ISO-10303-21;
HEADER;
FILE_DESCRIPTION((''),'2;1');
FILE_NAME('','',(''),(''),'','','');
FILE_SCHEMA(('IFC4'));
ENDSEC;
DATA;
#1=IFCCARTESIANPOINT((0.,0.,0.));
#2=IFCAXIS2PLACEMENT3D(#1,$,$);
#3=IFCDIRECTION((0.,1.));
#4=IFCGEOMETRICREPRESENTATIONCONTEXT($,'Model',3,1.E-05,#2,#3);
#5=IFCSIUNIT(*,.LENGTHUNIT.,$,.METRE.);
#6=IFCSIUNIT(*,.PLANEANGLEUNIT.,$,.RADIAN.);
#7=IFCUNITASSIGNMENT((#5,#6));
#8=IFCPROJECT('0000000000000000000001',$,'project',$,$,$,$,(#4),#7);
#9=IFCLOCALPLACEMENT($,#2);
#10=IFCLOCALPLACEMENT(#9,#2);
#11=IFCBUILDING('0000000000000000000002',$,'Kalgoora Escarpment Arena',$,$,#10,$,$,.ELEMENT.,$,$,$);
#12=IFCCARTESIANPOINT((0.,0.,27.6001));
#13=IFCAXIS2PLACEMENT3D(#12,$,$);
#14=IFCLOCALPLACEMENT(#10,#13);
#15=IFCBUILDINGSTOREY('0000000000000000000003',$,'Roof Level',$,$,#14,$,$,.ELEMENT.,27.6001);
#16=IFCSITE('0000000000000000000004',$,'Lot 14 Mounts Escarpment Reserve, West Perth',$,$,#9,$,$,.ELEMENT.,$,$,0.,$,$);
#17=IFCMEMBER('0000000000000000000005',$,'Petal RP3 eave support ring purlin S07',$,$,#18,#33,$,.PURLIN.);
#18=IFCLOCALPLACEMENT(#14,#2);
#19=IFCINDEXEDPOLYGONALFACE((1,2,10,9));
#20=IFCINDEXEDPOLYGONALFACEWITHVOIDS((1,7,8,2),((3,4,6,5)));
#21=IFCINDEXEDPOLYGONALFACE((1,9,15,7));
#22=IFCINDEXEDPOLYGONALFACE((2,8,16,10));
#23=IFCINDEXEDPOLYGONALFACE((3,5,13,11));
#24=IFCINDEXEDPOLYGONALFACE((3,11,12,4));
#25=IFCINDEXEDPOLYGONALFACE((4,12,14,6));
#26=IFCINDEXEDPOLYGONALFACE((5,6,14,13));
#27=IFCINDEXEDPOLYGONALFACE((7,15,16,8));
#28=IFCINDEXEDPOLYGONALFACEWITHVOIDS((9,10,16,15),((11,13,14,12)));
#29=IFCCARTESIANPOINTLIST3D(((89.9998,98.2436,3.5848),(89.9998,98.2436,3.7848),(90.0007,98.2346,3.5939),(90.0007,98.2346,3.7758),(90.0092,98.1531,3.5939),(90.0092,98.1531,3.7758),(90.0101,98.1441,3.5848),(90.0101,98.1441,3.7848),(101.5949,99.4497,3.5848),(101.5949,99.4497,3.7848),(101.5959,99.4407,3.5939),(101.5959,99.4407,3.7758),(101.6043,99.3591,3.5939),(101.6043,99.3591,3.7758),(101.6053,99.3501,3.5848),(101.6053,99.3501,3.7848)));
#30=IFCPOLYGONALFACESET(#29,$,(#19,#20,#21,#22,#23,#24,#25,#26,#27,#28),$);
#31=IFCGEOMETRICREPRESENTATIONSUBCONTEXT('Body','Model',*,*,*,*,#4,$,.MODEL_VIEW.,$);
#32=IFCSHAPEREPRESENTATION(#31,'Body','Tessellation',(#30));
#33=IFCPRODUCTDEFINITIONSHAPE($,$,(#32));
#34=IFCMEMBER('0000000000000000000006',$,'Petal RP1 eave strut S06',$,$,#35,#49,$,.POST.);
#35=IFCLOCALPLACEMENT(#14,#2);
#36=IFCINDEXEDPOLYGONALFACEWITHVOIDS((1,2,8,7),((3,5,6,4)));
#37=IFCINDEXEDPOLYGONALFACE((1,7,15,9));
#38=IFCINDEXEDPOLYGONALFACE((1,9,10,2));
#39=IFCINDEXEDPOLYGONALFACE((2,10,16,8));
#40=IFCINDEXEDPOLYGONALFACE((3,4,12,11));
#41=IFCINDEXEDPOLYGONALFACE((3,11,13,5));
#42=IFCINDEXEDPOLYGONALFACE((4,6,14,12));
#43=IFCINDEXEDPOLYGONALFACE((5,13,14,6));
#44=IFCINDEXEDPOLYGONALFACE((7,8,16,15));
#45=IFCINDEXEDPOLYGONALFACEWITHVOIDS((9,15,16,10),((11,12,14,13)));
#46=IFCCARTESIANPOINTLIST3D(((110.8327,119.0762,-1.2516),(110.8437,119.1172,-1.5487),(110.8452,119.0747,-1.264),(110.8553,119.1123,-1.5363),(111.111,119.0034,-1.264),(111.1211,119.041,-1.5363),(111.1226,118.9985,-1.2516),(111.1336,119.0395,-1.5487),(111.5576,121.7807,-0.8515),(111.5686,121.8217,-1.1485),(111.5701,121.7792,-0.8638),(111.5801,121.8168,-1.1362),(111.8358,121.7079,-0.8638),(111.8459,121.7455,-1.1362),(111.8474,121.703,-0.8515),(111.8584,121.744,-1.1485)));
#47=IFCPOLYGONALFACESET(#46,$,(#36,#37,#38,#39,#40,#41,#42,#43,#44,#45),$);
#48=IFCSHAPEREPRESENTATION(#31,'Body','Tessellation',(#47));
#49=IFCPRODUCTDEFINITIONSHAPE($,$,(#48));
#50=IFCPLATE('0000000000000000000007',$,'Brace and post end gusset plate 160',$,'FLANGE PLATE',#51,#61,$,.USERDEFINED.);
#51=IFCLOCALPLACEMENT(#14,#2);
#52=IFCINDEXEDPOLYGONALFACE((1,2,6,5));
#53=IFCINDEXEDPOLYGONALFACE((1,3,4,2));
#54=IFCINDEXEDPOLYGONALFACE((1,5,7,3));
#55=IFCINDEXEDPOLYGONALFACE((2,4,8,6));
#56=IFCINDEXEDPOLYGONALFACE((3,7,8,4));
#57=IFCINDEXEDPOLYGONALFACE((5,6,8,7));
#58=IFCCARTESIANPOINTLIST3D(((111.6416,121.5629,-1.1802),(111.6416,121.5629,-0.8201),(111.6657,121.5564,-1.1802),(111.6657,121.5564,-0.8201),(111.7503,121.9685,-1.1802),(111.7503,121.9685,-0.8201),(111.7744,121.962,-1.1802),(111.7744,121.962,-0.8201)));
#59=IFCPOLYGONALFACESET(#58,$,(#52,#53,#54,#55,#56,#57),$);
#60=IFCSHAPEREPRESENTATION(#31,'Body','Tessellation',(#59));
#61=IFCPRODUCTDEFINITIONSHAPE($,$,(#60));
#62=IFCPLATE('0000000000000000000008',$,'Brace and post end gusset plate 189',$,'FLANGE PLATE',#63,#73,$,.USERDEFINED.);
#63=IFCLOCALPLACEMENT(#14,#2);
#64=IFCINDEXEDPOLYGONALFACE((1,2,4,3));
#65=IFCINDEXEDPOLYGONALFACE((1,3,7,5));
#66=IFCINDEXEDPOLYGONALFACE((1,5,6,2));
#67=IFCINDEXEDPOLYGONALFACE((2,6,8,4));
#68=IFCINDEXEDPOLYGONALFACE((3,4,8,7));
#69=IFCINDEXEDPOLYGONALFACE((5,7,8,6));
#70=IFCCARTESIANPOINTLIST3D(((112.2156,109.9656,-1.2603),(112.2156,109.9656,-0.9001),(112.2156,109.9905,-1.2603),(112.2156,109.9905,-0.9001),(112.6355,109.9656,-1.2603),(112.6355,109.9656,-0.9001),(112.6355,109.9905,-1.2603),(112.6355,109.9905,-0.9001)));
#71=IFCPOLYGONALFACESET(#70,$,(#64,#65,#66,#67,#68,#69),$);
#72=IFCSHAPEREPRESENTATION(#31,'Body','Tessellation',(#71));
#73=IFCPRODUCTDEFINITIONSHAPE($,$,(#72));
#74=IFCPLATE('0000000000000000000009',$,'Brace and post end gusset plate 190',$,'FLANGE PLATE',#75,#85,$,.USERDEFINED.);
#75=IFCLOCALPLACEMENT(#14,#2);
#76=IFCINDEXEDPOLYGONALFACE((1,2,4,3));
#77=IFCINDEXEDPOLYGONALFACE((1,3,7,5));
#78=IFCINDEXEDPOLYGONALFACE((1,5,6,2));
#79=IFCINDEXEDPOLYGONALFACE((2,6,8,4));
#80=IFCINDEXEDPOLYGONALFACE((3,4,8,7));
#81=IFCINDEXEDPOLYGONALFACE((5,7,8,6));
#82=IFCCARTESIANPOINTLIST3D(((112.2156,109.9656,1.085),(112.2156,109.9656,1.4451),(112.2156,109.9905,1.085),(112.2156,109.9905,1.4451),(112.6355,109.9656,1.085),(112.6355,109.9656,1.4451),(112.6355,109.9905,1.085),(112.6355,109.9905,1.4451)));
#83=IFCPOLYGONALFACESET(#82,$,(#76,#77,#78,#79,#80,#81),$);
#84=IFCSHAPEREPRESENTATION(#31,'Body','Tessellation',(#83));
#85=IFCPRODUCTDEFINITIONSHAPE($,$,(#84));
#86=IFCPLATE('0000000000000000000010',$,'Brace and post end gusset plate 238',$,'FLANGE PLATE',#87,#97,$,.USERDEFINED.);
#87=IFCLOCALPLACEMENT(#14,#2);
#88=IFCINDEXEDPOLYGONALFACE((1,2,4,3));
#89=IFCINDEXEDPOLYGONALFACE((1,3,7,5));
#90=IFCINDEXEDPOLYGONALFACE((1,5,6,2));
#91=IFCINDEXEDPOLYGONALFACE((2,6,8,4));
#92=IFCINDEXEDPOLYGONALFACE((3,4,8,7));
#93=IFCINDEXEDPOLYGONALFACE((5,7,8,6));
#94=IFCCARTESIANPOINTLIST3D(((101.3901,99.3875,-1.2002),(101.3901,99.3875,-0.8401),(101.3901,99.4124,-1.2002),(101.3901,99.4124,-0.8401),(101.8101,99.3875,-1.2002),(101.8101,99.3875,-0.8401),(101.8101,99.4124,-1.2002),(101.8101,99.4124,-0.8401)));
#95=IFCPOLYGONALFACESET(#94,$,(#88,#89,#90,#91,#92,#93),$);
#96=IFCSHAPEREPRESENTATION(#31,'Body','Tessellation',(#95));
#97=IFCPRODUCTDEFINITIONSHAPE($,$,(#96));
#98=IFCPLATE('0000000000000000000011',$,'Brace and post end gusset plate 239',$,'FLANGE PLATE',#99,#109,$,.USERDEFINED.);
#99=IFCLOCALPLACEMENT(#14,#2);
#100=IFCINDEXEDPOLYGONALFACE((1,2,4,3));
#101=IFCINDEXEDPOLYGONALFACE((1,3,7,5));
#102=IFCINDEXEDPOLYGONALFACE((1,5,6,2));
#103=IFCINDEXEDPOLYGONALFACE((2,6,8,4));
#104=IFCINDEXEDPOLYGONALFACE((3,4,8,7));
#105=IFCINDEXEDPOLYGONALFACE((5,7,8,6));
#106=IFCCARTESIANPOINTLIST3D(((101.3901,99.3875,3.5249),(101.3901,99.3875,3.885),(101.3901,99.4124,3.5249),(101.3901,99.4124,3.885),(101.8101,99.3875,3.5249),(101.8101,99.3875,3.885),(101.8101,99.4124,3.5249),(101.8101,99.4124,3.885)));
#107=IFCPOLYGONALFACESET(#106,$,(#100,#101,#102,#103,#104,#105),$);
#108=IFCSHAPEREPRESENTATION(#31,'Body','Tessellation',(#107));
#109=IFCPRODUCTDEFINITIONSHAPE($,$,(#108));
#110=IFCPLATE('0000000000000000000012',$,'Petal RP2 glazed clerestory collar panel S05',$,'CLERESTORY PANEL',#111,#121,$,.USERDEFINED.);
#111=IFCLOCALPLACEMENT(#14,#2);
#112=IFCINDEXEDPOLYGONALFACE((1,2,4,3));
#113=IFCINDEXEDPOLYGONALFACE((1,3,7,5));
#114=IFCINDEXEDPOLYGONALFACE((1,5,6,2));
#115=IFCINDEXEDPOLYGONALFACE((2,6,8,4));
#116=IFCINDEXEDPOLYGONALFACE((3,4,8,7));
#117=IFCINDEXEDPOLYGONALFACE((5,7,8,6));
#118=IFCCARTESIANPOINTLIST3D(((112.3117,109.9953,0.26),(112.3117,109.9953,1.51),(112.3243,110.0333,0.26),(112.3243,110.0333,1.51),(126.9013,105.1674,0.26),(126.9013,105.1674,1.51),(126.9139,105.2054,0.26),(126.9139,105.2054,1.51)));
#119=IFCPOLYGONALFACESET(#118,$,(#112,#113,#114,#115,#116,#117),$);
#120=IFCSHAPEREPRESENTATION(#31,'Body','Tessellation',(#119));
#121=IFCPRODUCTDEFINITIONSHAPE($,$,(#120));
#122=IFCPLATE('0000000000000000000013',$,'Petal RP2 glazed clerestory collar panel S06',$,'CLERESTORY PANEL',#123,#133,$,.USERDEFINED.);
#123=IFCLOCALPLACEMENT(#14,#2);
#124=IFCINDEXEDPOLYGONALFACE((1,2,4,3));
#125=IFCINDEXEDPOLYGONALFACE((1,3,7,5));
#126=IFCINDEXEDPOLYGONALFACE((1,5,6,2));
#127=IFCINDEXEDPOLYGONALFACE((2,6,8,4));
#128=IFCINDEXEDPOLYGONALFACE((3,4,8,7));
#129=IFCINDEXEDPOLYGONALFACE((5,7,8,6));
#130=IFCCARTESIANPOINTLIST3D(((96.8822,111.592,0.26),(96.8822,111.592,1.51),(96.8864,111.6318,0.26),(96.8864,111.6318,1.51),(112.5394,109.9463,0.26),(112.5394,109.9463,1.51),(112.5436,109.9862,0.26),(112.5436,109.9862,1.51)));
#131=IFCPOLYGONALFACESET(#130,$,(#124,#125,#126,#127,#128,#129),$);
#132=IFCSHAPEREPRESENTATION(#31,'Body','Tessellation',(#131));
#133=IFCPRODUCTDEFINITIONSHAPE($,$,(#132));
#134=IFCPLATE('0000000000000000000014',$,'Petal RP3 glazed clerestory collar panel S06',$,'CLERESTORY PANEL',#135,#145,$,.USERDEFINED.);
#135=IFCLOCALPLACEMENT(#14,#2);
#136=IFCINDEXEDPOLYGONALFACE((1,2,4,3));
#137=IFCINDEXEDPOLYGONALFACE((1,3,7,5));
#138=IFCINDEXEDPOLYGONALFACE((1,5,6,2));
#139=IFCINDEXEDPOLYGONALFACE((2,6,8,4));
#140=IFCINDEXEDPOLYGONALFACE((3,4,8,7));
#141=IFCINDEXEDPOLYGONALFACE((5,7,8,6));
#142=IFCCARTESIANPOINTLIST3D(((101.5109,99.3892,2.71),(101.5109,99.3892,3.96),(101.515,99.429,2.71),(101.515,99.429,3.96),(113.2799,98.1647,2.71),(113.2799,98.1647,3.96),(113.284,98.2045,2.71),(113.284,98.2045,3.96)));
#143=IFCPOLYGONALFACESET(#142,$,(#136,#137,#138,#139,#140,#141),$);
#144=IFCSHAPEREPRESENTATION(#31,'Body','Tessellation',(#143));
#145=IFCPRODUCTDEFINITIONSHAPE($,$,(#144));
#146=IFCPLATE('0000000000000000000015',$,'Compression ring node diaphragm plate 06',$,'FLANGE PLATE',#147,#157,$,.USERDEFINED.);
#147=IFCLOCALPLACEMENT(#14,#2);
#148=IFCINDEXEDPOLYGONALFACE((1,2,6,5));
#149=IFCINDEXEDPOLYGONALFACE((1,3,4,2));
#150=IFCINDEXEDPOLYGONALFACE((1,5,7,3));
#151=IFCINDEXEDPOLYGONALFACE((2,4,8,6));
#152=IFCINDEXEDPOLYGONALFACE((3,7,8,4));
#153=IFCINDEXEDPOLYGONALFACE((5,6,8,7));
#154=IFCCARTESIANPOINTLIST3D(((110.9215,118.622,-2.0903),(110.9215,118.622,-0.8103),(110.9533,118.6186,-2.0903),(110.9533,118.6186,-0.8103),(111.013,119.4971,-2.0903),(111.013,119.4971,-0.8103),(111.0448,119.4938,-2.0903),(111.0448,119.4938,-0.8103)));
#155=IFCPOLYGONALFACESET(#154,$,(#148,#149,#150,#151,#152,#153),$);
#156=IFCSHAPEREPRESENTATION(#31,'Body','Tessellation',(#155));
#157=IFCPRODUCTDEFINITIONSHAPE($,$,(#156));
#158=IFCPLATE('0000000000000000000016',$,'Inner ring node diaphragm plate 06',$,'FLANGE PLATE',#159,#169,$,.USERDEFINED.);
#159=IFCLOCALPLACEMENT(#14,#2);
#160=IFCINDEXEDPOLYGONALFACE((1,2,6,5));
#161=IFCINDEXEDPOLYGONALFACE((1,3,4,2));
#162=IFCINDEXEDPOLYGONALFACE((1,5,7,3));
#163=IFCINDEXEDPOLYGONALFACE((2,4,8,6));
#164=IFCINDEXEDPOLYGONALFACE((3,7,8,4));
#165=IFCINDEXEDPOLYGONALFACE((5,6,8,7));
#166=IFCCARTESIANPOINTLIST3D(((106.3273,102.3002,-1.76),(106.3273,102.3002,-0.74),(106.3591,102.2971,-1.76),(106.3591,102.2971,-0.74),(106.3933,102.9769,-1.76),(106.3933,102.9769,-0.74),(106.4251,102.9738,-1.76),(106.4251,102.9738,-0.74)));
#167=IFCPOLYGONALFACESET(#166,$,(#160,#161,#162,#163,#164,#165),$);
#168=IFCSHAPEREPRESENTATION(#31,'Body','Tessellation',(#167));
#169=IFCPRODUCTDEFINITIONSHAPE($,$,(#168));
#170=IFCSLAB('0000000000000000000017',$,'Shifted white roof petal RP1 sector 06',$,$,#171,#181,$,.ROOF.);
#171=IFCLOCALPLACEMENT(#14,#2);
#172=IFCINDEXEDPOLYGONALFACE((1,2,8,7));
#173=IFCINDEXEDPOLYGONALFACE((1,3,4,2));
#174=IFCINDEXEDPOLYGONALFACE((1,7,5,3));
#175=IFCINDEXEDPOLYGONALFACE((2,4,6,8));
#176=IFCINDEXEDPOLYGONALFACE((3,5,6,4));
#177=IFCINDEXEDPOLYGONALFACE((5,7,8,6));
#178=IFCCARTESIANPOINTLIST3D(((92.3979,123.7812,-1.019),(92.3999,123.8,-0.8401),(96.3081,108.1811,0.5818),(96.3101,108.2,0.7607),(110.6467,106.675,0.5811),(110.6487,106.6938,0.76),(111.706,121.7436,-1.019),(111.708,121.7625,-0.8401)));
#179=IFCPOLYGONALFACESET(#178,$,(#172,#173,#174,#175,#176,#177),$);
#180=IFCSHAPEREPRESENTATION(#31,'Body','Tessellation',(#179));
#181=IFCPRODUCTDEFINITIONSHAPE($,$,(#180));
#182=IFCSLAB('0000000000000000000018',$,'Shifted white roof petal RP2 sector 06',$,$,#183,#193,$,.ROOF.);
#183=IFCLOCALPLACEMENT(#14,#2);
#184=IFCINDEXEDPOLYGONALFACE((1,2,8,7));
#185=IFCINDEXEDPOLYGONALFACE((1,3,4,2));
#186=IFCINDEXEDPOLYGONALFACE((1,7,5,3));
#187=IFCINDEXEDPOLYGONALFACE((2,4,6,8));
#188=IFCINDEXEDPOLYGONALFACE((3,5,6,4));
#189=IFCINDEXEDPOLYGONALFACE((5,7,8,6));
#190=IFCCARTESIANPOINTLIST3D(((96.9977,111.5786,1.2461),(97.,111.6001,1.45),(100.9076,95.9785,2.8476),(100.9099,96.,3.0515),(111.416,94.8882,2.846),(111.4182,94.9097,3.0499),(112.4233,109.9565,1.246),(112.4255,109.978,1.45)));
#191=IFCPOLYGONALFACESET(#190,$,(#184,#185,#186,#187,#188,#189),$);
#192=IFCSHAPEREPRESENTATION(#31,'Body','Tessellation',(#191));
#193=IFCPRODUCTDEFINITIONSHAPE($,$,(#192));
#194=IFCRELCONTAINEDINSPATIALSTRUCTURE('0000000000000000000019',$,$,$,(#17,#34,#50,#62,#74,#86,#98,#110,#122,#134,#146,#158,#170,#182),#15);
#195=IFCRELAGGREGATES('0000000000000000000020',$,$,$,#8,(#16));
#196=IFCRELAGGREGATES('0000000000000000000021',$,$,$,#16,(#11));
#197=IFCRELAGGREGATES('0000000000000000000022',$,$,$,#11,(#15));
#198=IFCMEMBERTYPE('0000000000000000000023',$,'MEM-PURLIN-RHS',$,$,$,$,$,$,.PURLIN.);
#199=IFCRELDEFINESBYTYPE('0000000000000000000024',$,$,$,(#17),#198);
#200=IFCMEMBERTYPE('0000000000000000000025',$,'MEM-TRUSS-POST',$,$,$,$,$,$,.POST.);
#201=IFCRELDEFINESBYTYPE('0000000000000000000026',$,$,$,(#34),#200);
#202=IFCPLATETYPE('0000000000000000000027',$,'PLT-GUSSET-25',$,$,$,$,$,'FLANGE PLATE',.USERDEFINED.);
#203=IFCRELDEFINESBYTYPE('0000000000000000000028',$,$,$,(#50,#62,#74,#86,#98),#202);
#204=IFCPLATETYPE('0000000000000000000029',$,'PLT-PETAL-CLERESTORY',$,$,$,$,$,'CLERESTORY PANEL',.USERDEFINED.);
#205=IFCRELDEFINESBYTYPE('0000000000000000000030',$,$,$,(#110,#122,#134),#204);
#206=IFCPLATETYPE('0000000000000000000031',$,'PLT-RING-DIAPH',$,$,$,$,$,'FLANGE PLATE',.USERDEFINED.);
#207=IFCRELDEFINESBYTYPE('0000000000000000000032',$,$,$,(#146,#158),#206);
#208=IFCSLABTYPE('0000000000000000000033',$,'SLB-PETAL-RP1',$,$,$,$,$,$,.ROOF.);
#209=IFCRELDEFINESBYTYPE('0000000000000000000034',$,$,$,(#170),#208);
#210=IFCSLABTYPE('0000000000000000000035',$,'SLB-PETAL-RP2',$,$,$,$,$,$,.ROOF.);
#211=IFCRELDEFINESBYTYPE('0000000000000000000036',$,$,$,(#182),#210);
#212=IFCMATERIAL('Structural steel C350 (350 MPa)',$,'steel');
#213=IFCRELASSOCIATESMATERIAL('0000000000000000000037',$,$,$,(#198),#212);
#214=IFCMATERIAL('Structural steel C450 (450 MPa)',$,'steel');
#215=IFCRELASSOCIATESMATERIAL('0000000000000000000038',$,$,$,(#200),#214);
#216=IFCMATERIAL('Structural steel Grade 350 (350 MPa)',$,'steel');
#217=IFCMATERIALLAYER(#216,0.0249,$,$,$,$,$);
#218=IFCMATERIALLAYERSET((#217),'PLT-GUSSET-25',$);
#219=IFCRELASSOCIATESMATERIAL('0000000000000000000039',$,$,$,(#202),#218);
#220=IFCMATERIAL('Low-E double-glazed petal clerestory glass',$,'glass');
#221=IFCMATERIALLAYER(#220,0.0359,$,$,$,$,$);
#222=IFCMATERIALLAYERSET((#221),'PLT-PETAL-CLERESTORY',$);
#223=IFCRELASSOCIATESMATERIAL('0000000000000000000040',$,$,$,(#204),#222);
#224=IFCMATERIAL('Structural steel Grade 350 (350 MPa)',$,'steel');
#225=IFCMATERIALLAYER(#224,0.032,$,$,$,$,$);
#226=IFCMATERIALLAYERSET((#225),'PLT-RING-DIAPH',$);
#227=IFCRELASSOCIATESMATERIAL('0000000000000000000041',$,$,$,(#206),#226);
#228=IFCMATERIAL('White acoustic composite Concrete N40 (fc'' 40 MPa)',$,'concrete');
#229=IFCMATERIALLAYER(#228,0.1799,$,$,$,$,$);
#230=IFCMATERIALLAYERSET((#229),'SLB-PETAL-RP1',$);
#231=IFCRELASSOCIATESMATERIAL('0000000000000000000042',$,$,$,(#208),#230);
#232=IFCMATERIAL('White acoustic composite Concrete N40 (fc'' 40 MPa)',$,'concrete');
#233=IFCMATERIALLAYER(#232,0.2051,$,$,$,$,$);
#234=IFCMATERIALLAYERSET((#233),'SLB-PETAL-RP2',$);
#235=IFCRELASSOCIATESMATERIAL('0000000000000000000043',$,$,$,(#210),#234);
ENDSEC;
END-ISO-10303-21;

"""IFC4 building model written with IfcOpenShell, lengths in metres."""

from ifc_helpers import new_model, si_unit, direction, frame, origin, origin_2d, place, context, subcontext, project, spatial, polyline, rectangle, hollow_rectangle, outline, extrude, material, layer, layer_set, material_profile, profile_set, type_object, element, save


model = new_model("IFC4")

# Units and contexts
model_context = context("Model", 3, precision=1e-05, world=origin(), true_north=direction((0.0, 1.0)))
body_context = subcontext(model_context, "Body", "Model", "MODEL_VIEW")
ifc_project = project(units=[si_unit("LENGTHUNIT", "METRE"), si_unit("PLANEANGLEUNIT", "RADIAN")], contexts=[model_context])

# Site, building, storey
site_placement = place(None, origin())
site = spatial("IfcSite", under=ifc_project, at=site_placement, Name="Lot 14 Mounts Escarpment Reserve, West Perth", CompositionType="ELEMENT", RefElevation=0.0)
building_placement = place(site_placement, origin())
building = spatial("IfcBuilding", under=site, at=building_placement, Name="Kalgoora Escarpment Arena", CompositionType="ELEMENT")
storey_placement = place(building_placement, frame((0.0, 0.0, 27.6001)))
storey = spatial("IfcBuildingStorey", under=building, at=storey_placement, Name="Roof Level", CompositionType="ELEMENT", Elevation=27.6001)

# Members
ifc_material_1 = material(Name="Structural steel C350 (350 MPa)", Category="steel")
ifc_material_profile_1 = material_profile(ifc_material_1, hollow_rectangle(XDim=0.1001, YDim=0.2, WallThickness=0.009, at=origin_2d()))
ifc_profile_set_1 = profile_set([ifc_material_profile_1], Name="Structural steel C350 (350 MPa)")
member_type_1 = type_object("IfcMemberType", Name="MEM-PURLIN-RHS", PredefinedType="PURLIN", material=ifc_profile_set_1)
member_1_placement = place(storey_placement, frame((101.6001, 99.3999, 3.6848), z_axis=(-0.994634, -0.103455, 0.0), x_axis=(0.103455, -0.994634, 0.0)))
element("IfcMember", 1, at=member_1_placement, inside=storey, type_object=member_type_1, Name="Petal RP3 eave support ring purlin S07", PredefinedType="PURLIN", context=body_context, shape_type="SweptSolid", body=[
    extrude(hollow_rectangle(XDim=0.1001, YDim=0.2, WallThickness=0.009, at=origin_2d()), origin(), (0.0, 0.0, 1.0), 11.6577),
])
ifc_material_2 = material(Name="Structural steel C450 (450 MPa)", Category="steel")
ifc_material_profile_2 = material_profile(ifc_material_2, hollow_rectangle(XDim=0.3, YDim=0.3, WallThickness=0.0125, at=origin_2d()))
ifc_profile_set_2 = profile_set([ifc_material_profile_2], Name="Structural steel C450 (450 MPa)")
member_type_2 = type_object("IfcMemberType", Name="MEM-TRUSS-POST", PredefinedType="POST", material=ifc_profile_set_2)
member_2_placement = place(storey_placement, frame((110.9832, 119.0579, -1.4001), z_axis=(0.256269, 0.956197, 0.14147), x_axis=(-0.965911, 0.258873, 0.0)))
element("IfcMember", 2, at=member_2_placement, inside=storey, type_object=member_type_2, Name="Petal RP1 eave strut S06", PredefinedType="POST", context=body_context, shape_type="SweptSolid", body=[
    extrude(hollow_rectangle(XDim=0.3, YDim=0.3, WallThickness=0.0125, at=origin_2d()), origin(), (0.0, 0.0, 1.0), 2.8284),
])

# Plates
ifc_material_3 = material(Name="Structural steel Grade 350 (350 MPa)", Category="steel")
ifc_layer_1 = layer(ifc_material_3, 0.0249)
ifc_layer_set_1 = layer_set([ifc_layer_1], Name="PLT-GUSSET-25")
plate_type_1 = type_object("IfcPlateType", Name="PLT-GUSSET-25", ElementType="FLANGE PLATE", PredefinedType="USERDEFINED", material=ifc_layer_set_1)
for number, where, z_axis, x_axis, name in (
    (3, (111.708, 121.7625, -1.1802), (0.0, 0.0, 1.0), (0.258819, 0.965926, 0.0), "Brace and post end gusset plate 160"),
    (4, (112.4255, 109.978, -1.2603), (0.0, 0.0, 1.0), (1.0, 0.0, 0.0), "Brace and post end gusset plate 189"),
    (5, (112.4255, 109.978, 1.085), (0.0, 0.0, 1.0), (1.0, 0.0, 0.0), "Brace and post end gusset plate 190"),
    (6, (101.6001, 99.3999, -1.2002), (0.0, 0.0, 1.0), (1.0, 0.0, 0.0), "Brace and post end gusset plate 238"),
    (7, (101.6001, 99.3999, 3.5249), (0.0, 0.0, 1.0), (1.0, 0.0, 0.0), "Brace and post end gusset plate 239"),
):
    element("IfcPlate", number, at=place(storey_placement, frame(where, z_axis=z_axis, x_axis=x_axis)), inside=storey, type_object=plate_type_1, Name=name, ObjectType="FLANGE PLATE", PredefinedType="USERDEFINED", context=body_context, shape_type="SweptSolid", body=[
        extrude(rectangle(XDim=0.4199, YDim=0.0249, at=origin_2d()), origin(), (0.0, 0.0, 1.0), 0.3601),
    ])
ifc_material_4 = material(Name="Low-E double-glazed petal clerestory glass", Category="glass")
ifc_layer_2 = layer(ifc_material_4, 0.0359)
ifc_layer_set_2 = layer_set([ifc_layer_2], Name="PLT-PETAL-CLERESTORY")
plate_type_2 = type_object("IfcPlateType", Name="PLT-PETAL-CLERESTORY", ElementType="CLERESTORY PANEL", PredefinedType="USERDEFINED", material=ifc_layer_set_2)
plate_1_placement = place(storey_placement, frame((119.6128, 107.6003, 0.26), z_axis=(0.0, 0.0, 1.0), x_axis=(-0.949371, 0.314158, 0.0)))
element("IfcPlate", 8, at=plate_1_placement, inside=storey, type_object=plate_type_2, Name="Petal RP2 glazed clerestory collar panel S05", ObjectType="CLERESTORY PANEL", PredefinedType="USERDEFINED", context=body_context, shape_type="SweptSolid", body=[
    extrude(rectangle(XDim=15.3677, YDim=0.04, at=origin_2d()), origin(), (0.0, 0.0, 1.0), 1.25),
])
plate_2_placement = place(storey_placement, frame((104.7129, 110.7891, 0.26), z_axis=(0.0, 0.0, 1.0), x_axis=(-0.994522, 0.104528, 0.0)))
element("IfcPlate", 9, at=plate_2_placement, inside=storey, type_object=plate_type_2, Name="Petal RP2 glazed clerestory collar panel S06", ObjectType="CLERESTORY PANEL", PredefinedType="USERDEFINED", context=body_context, shape_type="SweptSolid", body=[
    extrude(rectangle(XDim=15.7434, YDim=0.04, at=origin_2d()), origin(), (0.0, 0.0, 1.0), 1.25),
])
plate_3_placement = place(storey_placement, frame((107.3975, 98.7969, 2.71), z_axis=(0.0, 0.0, 1.0), x_axis=(-0.994631, 0.103487, 0.0)))
element("IfcPlate", 10, at=plate_3_placement, inside=storey, type_object=plate_type_2, Name="Petal RP3 glazed clerestory collar panel S06", ObjectType="CLERESTORY PANEL", PredefinedType="USERDEFINED", context=body_context, shape_type="SweptSolid", body=[
    extrude(rectangle(XDim=11.8325, YDim=0.04, at=origin_2d()), origin(), (0.0, 0.0, 1.0), 1.25),
])
ifc_material_5 = material(Name="Structural steel Grade 350 (350 MPa)", Category="steel")
ifc_layer_3 = layer(ifc_material_5, 0.032)
ifc_layer_set_3 = layer_set([ifc_layer_3], Name="PLT-RING-DIAPH")
plate_type_3 = type_object("IfcPlateType", Name="PLT-RING-DIAPH", ElementType="FLANGE PLATE", PredefinedType="USERDEFINED", material=ifc_layer_set_3)
plate_4_placement = place(storey_placement, frame((110.9832, 119.0579, -2.0903), z_axis=(0.0, 0.0, 1.0), x_axis=(-0.994576, 0.104008, 0.0)))
element("IfcPlate", 11, at=plate_4_placement, inside=storey, type_object=plate_type_3, Name="Compression ring node diaphragm plate 06", ObjectType="FLANGE PLATE", PredefinedType="USERDEFINED", context=body_context, shape_type="SweptSolid", body=[
    extrude(rectangle(XDim=0.032, YDim=0.8799, at=origin_2d()), origin(), (0.0, 0.0, 1.0), 1.28),
])
plate_5_placement = place(storey_placement, frame((106.3762, 102.637, -1.76), z_axis=(0.0, 0.0, 1.0), x_axis=(-0.995278, 0.097062, 0.0)))
element("IfcPlate", 12, at=plate_5_placement, inside=storey, type_object=plate_type_3, Name="Inner ring node diaphragm plate 06", ObjectType="FLANGE PLATE", PredefinedType="USERDEFINED", context=body_context, shape_type="SweptSolid", body=[
    extrude(rectangle(XDim=0.032, YDim=0.6799, at=origin_2d()), origin(), (0.0, 0.0, 1.0), 1.02),
])

# Slabs
ifc_material_6 = material(Name="White acoustic composite Concrete N40 (fc' 40 MPa)", Category="concrete")
ifc_layer_4 = layer(ifc_material_6, 0.1799)
ifc_layer_set_4 = layer_set([ifc_layer_4], Name="SLB-PETAL-RP1")
slab_type_1 = type_object("IfcSlabType", Name="SLB-PETAL-RP1", PredefinedType="ROOF", material=ifc_layer_set_4)
slab_1_placement = place(storey_placement, frame((111.708, 121.7625, -0.8401), z_axis=(0.011061, 0.104818, 0.99443), x_axis=(-0.994478, 0.104948, 0.0)))
element("IfcSlab", 13, at=slab_1_placement, inside=storey, type_object=slab_type_1, Name="Shifted white roof petal RP1 sector 06", PredefinedType="ROOF", context=body_context, shape_type="SweptSolid", body=[
    extrude(outline(polyline([(0.0, 0.0), (19.4153, 0.0), (13.8896, 15.1882), (-0.5279, 15.1811), (0.0, 0.0)])), origin(), (0.0, 0.0, -1.0), 0.1799),
])
ifc_material_7 = material(Name="White acoustic composite Concrete N40 (fc' 40 MPa)", Category="concrete")
ifc_layer_5 = layer(ifc_material_7, 0.2051)
ifc_layer_set_5 = layer_set([ifc_layer_5], Name="SLB-PETAL-RP2")
slab_type_2 = type_object("IfcSlabType", Name="SLB-PETAL-RP2", PredefinedType="ROOF", material=ifc_layer_set_5)
slab_2_placement = place(storey_placement, frame((112.4255, 109.978, 1.45), z_axis=(0.011032, 0.10485, 0.994427), x_axis=(-0.994517, 0.104579, 0.000006)))
element("IfcSlab", 14, at=slab_2_placement, inside=storey, type_object=slab_type_2, Name="Shifted white roof petal RP2 sector 06", PredefinedType="ROOF", context=body_context, shape_type="SweptSolid", body=[
    extrude(outline(polyline([(0.0, 0.0), (15.5106, 0.0), (9.9907, 15.1903), (-0.574, 15.1756), (0.0, 0.0)])), origin(), (0.0, 0.0, -1.0), 0.2051),
])

save(model, "model.ifc")
